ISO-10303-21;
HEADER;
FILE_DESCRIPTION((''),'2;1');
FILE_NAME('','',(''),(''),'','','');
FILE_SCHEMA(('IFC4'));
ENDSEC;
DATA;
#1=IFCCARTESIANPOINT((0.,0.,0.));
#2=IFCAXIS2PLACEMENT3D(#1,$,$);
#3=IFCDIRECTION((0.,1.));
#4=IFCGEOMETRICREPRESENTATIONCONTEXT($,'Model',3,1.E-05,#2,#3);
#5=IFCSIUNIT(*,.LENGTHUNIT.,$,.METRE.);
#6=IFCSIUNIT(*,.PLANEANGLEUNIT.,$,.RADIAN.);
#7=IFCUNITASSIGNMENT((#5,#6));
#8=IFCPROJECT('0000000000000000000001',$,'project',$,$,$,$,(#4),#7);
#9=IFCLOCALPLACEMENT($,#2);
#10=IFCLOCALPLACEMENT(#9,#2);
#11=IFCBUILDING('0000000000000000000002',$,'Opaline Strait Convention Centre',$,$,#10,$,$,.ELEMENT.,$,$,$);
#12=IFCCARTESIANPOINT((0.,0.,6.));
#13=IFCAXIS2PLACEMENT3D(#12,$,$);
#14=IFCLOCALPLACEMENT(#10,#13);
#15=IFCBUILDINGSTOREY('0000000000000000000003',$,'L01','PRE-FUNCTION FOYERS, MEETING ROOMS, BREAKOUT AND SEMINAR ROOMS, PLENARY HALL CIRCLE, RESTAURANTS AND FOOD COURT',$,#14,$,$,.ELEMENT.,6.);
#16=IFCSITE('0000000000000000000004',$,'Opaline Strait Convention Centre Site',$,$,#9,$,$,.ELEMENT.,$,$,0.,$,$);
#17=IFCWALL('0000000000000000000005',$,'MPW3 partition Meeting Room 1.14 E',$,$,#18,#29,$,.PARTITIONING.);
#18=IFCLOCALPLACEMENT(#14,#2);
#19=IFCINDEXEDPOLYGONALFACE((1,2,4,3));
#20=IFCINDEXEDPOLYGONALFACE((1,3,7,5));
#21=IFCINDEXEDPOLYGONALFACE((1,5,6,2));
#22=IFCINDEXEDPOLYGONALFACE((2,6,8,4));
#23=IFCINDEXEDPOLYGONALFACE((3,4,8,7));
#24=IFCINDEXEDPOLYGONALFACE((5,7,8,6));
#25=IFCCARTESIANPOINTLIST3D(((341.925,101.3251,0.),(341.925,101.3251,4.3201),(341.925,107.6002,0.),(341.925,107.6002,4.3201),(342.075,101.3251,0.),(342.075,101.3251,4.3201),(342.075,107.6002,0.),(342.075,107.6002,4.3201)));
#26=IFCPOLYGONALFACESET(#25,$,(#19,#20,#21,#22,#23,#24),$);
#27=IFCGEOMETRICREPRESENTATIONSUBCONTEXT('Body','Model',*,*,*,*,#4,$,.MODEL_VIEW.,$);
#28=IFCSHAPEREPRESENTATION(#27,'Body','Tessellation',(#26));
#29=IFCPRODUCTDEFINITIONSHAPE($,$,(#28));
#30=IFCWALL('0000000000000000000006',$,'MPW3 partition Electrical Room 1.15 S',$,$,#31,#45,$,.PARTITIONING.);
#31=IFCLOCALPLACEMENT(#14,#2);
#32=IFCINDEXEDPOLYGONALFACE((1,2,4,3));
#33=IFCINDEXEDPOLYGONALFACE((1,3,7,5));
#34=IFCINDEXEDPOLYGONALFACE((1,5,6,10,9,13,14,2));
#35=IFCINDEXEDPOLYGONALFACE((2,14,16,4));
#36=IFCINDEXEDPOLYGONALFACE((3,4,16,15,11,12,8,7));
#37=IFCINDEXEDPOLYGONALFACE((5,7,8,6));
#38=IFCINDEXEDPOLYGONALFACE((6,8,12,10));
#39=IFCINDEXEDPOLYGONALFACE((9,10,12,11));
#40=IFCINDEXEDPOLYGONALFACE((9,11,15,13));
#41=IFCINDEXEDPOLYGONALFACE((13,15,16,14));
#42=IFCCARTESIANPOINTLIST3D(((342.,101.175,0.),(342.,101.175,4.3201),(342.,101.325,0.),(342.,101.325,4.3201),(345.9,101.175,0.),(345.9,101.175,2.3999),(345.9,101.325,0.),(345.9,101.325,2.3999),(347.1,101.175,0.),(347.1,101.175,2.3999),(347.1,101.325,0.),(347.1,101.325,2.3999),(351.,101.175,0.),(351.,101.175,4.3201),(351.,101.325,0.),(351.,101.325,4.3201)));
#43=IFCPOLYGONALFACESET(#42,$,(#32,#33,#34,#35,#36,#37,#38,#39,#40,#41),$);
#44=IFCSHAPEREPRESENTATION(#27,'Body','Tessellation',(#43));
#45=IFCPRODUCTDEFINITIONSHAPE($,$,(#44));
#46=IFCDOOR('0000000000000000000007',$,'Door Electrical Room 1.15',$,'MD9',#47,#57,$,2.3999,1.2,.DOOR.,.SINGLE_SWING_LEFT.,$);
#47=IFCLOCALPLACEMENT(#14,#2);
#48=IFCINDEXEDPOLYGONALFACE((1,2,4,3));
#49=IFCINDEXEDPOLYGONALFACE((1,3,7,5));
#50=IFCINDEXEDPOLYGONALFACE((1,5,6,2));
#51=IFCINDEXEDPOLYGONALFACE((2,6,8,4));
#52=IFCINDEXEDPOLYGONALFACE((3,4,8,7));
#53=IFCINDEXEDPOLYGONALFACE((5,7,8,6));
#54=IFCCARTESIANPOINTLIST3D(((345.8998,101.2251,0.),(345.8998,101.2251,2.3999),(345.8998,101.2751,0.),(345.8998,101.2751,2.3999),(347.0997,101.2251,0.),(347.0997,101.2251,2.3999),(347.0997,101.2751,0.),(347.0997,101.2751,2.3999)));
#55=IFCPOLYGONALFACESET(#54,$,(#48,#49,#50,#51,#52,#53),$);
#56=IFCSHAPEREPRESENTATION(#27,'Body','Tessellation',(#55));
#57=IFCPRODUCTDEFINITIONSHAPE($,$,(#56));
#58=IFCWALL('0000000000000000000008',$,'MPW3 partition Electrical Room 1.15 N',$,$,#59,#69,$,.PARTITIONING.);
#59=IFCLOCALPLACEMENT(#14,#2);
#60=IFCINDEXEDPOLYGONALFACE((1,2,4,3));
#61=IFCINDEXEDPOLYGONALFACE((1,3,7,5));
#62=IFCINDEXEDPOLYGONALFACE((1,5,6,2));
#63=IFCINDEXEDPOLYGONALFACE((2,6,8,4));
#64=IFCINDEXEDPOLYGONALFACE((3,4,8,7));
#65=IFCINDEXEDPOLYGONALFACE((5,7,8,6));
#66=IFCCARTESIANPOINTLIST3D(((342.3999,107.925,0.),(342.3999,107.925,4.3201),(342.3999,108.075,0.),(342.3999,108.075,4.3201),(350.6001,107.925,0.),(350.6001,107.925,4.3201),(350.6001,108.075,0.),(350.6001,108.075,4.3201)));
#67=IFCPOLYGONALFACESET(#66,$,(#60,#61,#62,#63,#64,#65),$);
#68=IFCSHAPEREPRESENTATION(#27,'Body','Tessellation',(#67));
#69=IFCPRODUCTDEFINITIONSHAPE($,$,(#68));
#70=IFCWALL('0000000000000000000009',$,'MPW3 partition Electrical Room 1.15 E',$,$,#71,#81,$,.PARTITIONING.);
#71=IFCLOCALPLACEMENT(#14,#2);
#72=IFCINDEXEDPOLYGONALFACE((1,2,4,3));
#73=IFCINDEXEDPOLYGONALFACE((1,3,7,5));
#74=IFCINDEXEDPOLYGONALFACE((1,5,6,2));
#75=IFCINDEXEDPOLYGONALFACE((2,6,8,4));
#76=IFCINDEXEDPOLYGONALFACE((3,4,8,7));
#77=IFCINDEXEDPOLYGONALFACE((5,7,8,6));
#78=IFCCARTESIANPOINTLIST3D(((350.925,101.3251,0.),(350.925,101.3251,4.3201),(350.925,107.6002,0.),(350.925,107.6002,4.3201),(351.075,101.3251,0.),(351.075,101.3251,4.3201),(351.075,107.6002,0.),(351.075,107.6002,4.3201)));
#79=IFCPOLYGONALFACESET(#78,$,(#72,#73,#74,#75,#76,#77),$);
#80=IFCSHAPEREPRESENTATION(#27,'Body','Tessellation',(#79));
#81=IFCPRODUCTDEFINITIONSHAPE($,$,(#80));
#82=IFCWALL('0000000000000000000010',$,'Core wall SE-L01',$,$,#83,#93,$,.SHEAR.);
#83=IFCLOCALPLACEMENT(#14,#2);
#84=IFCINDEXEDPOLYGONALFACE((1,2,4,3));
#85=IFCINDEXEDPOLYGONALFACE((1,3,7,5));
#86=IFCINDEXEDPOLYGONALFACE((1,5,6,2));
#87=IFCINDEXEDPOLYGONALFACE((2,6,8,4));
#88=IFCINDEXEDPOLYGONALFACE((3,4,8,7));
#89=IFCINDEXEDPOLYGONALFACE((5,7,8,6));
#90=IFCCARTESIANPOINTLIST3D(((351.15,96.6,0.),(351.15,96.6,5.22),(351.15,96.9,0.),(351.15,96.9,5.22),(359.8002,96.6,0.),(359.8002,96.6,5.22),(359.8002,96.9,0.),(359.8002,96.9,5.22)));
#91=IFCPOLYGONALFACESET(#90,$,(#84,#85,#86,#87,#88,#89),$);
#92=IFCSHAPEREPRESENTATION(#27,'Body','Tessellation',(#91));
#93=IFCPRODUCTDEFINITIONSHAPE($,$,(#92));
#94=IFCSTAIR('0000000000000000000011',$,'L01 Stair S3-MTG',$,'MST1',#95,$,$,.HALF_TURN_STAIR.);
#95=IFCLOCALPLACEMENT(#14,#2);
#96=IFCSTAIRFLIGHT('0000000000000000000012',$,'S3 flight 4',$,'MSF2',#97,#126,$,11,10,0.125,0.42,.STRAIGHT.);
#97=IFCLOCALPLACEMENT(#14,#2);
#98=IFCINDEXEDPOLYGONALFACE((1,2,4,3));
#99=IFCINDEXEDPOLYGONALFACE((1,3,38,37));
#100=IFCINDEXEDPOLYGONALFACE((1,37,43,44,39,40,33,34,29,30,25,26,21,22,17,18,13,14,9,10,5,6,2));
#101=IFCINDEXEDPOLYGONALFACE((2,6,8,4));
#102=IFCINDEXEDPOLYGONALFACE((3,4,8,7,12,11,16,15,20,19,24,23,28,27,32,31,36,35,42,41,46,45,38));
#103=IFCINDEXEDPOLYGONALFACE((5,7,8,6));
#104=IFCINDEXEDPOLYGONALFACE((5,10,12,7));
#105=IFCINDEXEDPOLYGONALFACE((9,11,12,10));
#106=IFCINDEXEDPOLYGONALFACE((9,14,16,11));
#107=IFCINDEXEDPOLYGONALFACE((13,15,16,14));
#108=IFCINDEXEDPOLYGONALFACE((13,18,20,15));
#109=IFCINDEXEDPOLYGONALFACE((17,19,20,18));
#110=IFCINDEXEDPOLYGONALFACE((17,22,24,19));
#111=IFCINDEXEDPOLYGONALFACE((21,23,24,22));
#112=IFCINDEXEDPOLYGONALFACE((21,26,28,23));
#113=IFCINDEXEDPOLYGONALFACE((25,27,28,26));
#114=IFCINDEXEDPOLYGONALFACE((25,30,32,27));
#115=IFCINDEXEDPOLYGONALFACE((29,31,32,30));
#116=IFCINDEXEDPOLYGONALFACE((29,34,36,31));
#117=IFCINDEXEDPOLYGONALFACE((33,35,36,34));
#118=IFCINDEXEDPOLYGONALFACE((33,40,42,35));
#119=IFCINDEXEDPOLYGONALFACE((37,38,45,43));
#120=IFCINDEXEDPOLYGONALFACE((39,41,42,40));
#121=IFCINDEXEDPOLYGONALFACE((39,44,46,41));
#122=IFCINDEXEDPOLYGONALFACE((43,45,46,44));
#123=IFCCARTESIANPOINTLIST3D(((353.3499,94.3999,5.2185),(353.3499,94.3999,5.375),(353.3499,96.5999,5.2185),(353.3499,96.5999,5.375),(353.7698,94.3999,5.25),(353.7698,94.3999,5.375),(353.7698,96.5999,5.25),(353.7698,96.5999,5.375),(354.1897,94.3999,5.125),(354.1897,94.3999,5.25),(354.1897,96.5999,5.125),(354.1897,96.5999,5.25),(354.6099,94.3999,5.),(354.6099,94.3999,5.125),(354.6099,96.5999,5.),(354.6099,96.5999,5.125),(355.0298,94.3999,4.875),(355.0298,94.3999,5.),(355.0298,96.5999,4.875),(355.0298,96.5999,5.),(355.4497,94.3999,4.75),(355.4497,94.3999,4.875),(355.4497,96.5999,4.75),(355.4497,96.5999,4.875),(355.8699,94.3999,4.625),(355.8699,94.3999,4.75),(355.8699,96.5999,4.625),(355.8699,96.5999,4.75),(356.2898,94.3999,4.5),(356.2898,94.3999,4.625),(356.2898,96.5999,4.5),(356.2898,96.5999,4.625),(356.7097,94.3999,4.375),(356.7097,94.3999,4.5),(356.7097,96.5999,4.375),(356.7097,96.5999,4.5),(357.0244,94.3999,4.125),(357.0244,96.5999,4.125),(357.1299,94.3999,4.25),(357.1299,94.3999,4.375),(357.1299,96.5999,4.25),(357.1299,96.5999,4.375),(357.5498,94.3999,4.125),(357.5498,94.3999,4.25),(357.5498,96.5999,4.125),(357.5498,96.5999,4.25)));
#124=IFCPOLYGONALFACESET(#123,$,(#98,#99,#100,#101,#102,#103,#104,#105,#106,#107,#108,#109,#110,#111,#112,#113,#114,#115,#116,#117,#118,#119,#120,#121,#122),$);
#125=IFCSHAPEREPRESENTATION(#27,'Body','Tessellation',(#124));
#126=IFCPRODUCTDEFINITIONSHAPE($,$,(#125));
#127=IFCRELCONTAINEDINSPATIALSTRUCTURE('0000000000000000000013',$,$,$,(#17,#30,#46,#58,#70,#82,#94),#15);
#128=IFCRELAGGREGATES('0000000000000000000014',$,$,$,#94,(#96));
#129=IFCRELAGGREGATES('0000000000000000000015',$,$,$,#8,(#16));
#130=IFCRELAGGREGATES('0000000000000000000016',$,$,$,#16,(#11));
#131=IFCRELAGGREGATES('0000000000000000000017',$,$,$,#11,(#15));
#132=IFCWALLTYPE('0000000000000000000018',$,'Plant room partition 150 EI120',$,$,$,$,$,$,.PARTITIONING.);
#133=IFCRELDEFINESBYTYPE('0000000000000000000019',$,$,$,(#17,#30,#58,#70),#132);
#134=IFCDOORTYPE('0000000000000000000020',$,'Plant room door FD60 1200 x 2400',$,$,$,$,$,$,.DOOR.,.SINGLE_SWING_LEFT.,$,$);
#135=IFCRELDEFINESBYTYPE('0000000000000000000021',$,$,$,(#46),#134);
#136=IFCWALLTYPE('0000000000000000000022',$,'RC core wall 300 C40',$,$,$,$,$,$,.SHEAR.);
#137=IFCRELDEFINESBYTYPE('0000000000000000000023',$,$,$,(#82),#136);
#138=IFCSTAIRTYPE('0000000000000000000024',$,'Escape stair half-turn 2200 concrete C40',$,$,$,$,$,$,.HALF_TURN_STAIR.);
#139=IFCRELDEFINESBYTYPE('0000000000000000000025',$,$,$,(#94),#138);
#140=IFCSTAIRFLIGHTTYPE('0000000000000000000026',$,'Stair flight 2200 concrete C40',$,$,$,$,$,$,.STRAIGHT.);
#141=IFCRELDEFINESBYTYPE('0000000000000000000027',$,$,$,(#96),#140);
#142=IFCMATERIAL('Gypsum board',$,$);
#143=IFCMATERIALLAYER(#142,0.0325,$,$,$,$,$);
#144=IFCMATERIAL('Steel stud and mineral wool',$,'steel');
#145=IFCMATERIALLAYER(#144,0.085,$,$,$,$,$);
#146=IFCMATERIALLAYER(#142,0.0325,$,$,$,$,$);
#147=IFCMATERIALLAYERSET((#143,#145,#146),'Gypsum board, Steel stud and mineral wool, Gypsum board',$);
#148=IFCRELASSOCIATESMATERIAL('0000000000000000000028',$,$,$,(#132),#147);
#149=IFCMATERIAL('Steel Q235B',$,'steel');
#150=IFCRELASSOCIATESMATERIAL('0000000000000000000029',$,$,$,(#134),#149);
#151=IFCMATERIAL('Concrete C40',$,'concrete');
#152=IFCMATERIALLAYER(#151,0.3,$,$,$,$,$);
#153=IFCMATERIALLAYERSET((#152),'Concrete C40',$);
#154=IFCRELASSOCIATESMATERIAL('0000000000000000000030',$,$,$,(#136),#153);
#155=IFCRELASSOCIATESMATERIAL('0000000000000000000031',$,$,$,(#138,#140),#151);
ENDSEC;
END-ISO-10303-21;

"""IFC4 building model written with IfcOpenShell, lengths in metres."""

from ifc_helpers import new_model, si_unit, direction, frame, frame_2d, origin, place, context, subcontext, project, spatial, polyline, rectangle, outline, extrude, material, layer, layer_set, type_object, element, fill, aggregate, save


model = new_model("IFC4")

# Units and contexts
model_context = context("Model", 3, precision=1e-05, world=origin(), true_north=direction((0.0, 1.0)))
body_context = subcontext(model_context, "Body", "Model", "MODEL_VIEW")
ifc_project = project(units=[si_unit("LENGTHUNIT", "METRE"), si_unit("PLANEANGLEUNIT", "RADIAN")], contexts=[model_context])

# Site, building, storey
site_placement = place(None, origin())
site = spatial("IfcSite", under=ifc_project, at=site_placement, Name="Opaline Strait Convention Centre Site", CompositionType="ELEMENT", RefElevation=0.0)
building_placement = place(site_placement, origin())
building = spatial("IfcBuilding", under=site, at=building_placement, Name="Opaline Strait Convention Centre", CompositionType="ELEMENT")
storey_placement = place(building_placement, frame((0.0, 0.0, 6.0)))
storey = spatial("IfcBuildingStorey", under=building, at=storey_placement, Name="L01", Description="PRE-FUNCTION FOYERS, MEETING ROOMS, BREAKOUT AND SEMINAR ROOMS, PLENARY HALL CIRCLE, RESTAURANTS AND FOOD COURT", CompositionType="ELEMENT", Elevation=6.0)

# Shared definitions
ifc_material_1 = material(Name="Concrete C40", Category="concrete")

# Shared definitions
ifc_material_2 = material(Name="Gypsum board")
ifc_material_3 = material(Name="Steel stud and mineral wool", Category="steel")

# Wall
ifc_layer_1 = layer(ifc_material_2, 0.0325)
ifc_layer_2 = layer(ifc_material_3, 0.085)
ifc_layer_3 = layer(ifc_material_2, 0.0325)
ifc_layer_set_1 = layer_set([ifc_layer_1, ifc_layer_2, ifc_layer_3], Name="Gypsum board, Steel stud and mineral wool, Gypsum board")
wall_type_1 = type_object("IfcWallType", Name="Plant room partition 150 EI120", PredefinedType="PARTITIONING", material=ifc_layer_set_1)
wall_1_placement = place(storey_placement, frame((342.0, 101.325, 0.0), z_axis=(0.0, 0.0, 1.0), x_axis=(0.0, 1.0, 0.0)))
element("IfcWall", 1, at=wall_1_placement, inside=storey, type_object=wall_type_1, Name="MPW3 partition Meeting Room 1.14 E", PredefinedType="PARTITIONING", context=body_context, shape_type="SweptSolid", body=[
    extrude(rectangle(XDim=6.2751, YDim=0.1499, at=frame_2d((3.1377, 0.0))), origin(), (0.0, 0.0, 1.0), 4.3201),
])

# Wall, opening, door
wall_2_placement = place(storey_placement, frame((342.0, 101.25, 0.0), z_axis=(0.0, 0.0, 1.0), x_axis=(1.0, 0.0, 0.0)))
wall_2 = element("IfcWall", 2, at=wall_2_placement, inside=storey, type_object=wall_type_1, Name="MPW3 partition Electrical Room 1.15 S", PredefinedType="PARTITIONING", context=body_context, shape_type="SweptSolid", body=[
    extrude(rectangle(XDim=9.0, YDim=0.1499, at=frame_2d((4.5, 0.0))), origin(), (0.0, 0.0, 1.0), 4.3201),
])
opening_1_placement = place(wall_2_placement, frame((3.8999, 0.0, 0.0)))
opening_1 = element("IfcOpeningElement", 3, at=opening_1_placement, cuts=wall_2, PredefinedType="OPENING", context=body_context, shape_type="SweptSolid", body=[
    extrude(rectangle(XDim=1.2, YDim=2.3999, at=frame_2d((0.6001, 1.2))), frame((0.0, 0.085, 0.0), z_axis=(0.0, -1.0, 0.0), x_axis=(1.0, 0.0, 0.0)), (0.0, 0.0, 1.0), 0.1699),
])
ifc_material_4 = material(Name="Steel Q235B", Category="steel")
door_type_1 = type_object("IfcDoorType", Name="Plant room door FD60 1200 x 2400", OperationType="SINGLE_SWING_LEFT", PredefinedType="DOOR", material=ifc_material_4)
door_1_placement = place(opening_1_placement, frame((1.2, 0.0, 0.0), z_axis=(0.0, 0.0, 1.0), x_axis=(-1.0, 0.0, 0.0)))
door_1 = element("IfcDoor", 4, at=door_1_placement, inside=storey, type_object=door_type_1, Name="Door Electrical Room 1.15", ObjectType="MD9", OperationType="SINGLE_SWING_LEFT", OverallHeight=2.3999, OverallWidth=1.2, PredefinedType="DOOR", context=body_context, shape_type="SweptSolid", body=[
    extrude(rectangle(XDim=1.2, YDim=2.3999, at=frame_2d((0.6001, 1.2))), frame((0.0, 0.0249, 0.0), z_axis=(0.0, -1.0, 0.0), x_axis=(1.0, 0.0, 0.0)), (0.0, 0.0, 1.0), 0.05),
])
fill(opening_1, door_1)

# Walls
wall_3_placement = place(storey_placement, frame((342.3999, 108.0, 0.0), z_axis=(0.0, 0.0, 1.0), x_axis=(1.0, 0.0, 0.0)))
element("IfcWall", 5, at=wall_3_placement, inside=storey, type_object=wall_type_1, Name="MPW3 partition Electrical Room 1.15 N", PredefinedType="PARTITIONING", context=body_context, shape_type="SweptSolid", body=[
    extrude(rectangle(XDim=8.2002, YDim=0.1499, at=frame_2d((4.1001, 0.0))), origin(), (0.0, 0.0, 1.0), 4.3201),
])
wall_4_placement = place(storey_placement, frame((351.0, 101.325, 0.0), z_axis=(0.0, 0.0, 1.0), x_axis=(0.0, 1.0, 0.0)))
element("IfcWall", 6, at=wall_4_placement, inside=storey, type_object=wall_type_1, Name="MPW3 partition Electrical Room 1.15 E", PredefinedType="PARTITIONING", context=body_context, shape_type="SweptSolid", body=[
    extrude(rectangle(XDim=6.2751, YDim=0.1499, at=frame_2d((3.1377, 0.0))), origin(), (0.0, 0.0, 1.0), 4.3201),
])

# Shared definitions
ifc_layer_4 = layer(ifc_material_1, 0.3)
ifc_layer_set_2 = layer_set([ifc_layer_4], Name="Concrete C40")
wall_type_2 = type_object("IfcWallType", Name="RC core wall 300 C40", PredefinedType="SHEAR", material=ifc_layer_set_2)

# Wall
wall_5_placement = place(storey_placement, frame((351.1499, 96.75, 0.0), z_axis=(0.0, 0.0, 1.0), x_axis=(1.0, 0.0, 0.0)))
element("IfcWall", 7, at=wall_5_placement, inside=storey, type_object=wall_type_2, Name="Core wall SE-L01", PredefinedType="SHEAR", context=body_context, shape_type="SweptSolid", body=[
    extrude(rectangle(XDim=8.6501, YDim=0.3, at=frame_2d((4.3252, 0.0))), origin(), (0.0, 0.0, 1.0), 5.22),
])

# Stair, stair flight
stair_type = type_object("IfcStairType", Name="Escape stair half-turn 2200 concrete C40", PredefinedType="HALF_TURN_STAIR", material=ifc_material_1)
stair_placement = place(storey_placement, origin())
stair = element("IfcStair", 8, at=stair_placement, inside=storey, type_object=stair_type, Name="L01 Stair S3-MTG", ObjectType="MST1", PredefinedType="HALF_TURN_STAIR")
stair_flight_type = type_object("IfcStairFlightType", Name="Stair flight 2200 concrete C40", PredefinedType="STRAIGHT", material=ifc_material_1)
stair_flight_placement = place(storey_placement, frame((357.5498, 95.5, 4.125), z_axis=(0.0, 0.0, 1.0), x_axis=(-1.0, 0.0, 0.0)))
stair_flight = element("IfcStairFlight", 9, at=stair_flight_placement, type_object=stair_flight_type, Name="S3 flight 4", ObjectType="MSF2", NumberOfRisers=11, NumberOfTreads=10, PredefinedType="STRAIGHT", RiserHeight=0.125, TreadLength=0.42, context=body_context, shape_type="SweptSolid", body=[
    extrude(outline(polyline([(0.0, 0.0), (0.0, 0.125), (0.4199, 0.125), (0.4199, 0.25), (0.8401, 0.25), (0.8401, 0.375), (1.26, 0.375), (1.26, 0.5), (1.6799, 0.5), (1.6799, 0.625), (2.1001, 0.625), (2.1001, 0.75), (2.52, 0.75), (2.52, 0.875), (2.9399, 0.875), (2.9399, 1.0), (3.3601, 1.0), (3.3601, 1.125), (3.78, 1.125), (3.78, 1.25), (4.2, 1.25), (4.2, 1.375), (4.2, 1.0935), (0.5254, 0.0), (0.0, 0.0)])), frame((0.0, 1.1001, 0.0), z_axis=(0.0, -1.0, 0.0), x_axis=(1.0, 0.0, 0.0)), (0.0, 0.0, 1.0), 2.2),
])
aggregate(stair, [stair_flight])

save(model, "model.ifc")
